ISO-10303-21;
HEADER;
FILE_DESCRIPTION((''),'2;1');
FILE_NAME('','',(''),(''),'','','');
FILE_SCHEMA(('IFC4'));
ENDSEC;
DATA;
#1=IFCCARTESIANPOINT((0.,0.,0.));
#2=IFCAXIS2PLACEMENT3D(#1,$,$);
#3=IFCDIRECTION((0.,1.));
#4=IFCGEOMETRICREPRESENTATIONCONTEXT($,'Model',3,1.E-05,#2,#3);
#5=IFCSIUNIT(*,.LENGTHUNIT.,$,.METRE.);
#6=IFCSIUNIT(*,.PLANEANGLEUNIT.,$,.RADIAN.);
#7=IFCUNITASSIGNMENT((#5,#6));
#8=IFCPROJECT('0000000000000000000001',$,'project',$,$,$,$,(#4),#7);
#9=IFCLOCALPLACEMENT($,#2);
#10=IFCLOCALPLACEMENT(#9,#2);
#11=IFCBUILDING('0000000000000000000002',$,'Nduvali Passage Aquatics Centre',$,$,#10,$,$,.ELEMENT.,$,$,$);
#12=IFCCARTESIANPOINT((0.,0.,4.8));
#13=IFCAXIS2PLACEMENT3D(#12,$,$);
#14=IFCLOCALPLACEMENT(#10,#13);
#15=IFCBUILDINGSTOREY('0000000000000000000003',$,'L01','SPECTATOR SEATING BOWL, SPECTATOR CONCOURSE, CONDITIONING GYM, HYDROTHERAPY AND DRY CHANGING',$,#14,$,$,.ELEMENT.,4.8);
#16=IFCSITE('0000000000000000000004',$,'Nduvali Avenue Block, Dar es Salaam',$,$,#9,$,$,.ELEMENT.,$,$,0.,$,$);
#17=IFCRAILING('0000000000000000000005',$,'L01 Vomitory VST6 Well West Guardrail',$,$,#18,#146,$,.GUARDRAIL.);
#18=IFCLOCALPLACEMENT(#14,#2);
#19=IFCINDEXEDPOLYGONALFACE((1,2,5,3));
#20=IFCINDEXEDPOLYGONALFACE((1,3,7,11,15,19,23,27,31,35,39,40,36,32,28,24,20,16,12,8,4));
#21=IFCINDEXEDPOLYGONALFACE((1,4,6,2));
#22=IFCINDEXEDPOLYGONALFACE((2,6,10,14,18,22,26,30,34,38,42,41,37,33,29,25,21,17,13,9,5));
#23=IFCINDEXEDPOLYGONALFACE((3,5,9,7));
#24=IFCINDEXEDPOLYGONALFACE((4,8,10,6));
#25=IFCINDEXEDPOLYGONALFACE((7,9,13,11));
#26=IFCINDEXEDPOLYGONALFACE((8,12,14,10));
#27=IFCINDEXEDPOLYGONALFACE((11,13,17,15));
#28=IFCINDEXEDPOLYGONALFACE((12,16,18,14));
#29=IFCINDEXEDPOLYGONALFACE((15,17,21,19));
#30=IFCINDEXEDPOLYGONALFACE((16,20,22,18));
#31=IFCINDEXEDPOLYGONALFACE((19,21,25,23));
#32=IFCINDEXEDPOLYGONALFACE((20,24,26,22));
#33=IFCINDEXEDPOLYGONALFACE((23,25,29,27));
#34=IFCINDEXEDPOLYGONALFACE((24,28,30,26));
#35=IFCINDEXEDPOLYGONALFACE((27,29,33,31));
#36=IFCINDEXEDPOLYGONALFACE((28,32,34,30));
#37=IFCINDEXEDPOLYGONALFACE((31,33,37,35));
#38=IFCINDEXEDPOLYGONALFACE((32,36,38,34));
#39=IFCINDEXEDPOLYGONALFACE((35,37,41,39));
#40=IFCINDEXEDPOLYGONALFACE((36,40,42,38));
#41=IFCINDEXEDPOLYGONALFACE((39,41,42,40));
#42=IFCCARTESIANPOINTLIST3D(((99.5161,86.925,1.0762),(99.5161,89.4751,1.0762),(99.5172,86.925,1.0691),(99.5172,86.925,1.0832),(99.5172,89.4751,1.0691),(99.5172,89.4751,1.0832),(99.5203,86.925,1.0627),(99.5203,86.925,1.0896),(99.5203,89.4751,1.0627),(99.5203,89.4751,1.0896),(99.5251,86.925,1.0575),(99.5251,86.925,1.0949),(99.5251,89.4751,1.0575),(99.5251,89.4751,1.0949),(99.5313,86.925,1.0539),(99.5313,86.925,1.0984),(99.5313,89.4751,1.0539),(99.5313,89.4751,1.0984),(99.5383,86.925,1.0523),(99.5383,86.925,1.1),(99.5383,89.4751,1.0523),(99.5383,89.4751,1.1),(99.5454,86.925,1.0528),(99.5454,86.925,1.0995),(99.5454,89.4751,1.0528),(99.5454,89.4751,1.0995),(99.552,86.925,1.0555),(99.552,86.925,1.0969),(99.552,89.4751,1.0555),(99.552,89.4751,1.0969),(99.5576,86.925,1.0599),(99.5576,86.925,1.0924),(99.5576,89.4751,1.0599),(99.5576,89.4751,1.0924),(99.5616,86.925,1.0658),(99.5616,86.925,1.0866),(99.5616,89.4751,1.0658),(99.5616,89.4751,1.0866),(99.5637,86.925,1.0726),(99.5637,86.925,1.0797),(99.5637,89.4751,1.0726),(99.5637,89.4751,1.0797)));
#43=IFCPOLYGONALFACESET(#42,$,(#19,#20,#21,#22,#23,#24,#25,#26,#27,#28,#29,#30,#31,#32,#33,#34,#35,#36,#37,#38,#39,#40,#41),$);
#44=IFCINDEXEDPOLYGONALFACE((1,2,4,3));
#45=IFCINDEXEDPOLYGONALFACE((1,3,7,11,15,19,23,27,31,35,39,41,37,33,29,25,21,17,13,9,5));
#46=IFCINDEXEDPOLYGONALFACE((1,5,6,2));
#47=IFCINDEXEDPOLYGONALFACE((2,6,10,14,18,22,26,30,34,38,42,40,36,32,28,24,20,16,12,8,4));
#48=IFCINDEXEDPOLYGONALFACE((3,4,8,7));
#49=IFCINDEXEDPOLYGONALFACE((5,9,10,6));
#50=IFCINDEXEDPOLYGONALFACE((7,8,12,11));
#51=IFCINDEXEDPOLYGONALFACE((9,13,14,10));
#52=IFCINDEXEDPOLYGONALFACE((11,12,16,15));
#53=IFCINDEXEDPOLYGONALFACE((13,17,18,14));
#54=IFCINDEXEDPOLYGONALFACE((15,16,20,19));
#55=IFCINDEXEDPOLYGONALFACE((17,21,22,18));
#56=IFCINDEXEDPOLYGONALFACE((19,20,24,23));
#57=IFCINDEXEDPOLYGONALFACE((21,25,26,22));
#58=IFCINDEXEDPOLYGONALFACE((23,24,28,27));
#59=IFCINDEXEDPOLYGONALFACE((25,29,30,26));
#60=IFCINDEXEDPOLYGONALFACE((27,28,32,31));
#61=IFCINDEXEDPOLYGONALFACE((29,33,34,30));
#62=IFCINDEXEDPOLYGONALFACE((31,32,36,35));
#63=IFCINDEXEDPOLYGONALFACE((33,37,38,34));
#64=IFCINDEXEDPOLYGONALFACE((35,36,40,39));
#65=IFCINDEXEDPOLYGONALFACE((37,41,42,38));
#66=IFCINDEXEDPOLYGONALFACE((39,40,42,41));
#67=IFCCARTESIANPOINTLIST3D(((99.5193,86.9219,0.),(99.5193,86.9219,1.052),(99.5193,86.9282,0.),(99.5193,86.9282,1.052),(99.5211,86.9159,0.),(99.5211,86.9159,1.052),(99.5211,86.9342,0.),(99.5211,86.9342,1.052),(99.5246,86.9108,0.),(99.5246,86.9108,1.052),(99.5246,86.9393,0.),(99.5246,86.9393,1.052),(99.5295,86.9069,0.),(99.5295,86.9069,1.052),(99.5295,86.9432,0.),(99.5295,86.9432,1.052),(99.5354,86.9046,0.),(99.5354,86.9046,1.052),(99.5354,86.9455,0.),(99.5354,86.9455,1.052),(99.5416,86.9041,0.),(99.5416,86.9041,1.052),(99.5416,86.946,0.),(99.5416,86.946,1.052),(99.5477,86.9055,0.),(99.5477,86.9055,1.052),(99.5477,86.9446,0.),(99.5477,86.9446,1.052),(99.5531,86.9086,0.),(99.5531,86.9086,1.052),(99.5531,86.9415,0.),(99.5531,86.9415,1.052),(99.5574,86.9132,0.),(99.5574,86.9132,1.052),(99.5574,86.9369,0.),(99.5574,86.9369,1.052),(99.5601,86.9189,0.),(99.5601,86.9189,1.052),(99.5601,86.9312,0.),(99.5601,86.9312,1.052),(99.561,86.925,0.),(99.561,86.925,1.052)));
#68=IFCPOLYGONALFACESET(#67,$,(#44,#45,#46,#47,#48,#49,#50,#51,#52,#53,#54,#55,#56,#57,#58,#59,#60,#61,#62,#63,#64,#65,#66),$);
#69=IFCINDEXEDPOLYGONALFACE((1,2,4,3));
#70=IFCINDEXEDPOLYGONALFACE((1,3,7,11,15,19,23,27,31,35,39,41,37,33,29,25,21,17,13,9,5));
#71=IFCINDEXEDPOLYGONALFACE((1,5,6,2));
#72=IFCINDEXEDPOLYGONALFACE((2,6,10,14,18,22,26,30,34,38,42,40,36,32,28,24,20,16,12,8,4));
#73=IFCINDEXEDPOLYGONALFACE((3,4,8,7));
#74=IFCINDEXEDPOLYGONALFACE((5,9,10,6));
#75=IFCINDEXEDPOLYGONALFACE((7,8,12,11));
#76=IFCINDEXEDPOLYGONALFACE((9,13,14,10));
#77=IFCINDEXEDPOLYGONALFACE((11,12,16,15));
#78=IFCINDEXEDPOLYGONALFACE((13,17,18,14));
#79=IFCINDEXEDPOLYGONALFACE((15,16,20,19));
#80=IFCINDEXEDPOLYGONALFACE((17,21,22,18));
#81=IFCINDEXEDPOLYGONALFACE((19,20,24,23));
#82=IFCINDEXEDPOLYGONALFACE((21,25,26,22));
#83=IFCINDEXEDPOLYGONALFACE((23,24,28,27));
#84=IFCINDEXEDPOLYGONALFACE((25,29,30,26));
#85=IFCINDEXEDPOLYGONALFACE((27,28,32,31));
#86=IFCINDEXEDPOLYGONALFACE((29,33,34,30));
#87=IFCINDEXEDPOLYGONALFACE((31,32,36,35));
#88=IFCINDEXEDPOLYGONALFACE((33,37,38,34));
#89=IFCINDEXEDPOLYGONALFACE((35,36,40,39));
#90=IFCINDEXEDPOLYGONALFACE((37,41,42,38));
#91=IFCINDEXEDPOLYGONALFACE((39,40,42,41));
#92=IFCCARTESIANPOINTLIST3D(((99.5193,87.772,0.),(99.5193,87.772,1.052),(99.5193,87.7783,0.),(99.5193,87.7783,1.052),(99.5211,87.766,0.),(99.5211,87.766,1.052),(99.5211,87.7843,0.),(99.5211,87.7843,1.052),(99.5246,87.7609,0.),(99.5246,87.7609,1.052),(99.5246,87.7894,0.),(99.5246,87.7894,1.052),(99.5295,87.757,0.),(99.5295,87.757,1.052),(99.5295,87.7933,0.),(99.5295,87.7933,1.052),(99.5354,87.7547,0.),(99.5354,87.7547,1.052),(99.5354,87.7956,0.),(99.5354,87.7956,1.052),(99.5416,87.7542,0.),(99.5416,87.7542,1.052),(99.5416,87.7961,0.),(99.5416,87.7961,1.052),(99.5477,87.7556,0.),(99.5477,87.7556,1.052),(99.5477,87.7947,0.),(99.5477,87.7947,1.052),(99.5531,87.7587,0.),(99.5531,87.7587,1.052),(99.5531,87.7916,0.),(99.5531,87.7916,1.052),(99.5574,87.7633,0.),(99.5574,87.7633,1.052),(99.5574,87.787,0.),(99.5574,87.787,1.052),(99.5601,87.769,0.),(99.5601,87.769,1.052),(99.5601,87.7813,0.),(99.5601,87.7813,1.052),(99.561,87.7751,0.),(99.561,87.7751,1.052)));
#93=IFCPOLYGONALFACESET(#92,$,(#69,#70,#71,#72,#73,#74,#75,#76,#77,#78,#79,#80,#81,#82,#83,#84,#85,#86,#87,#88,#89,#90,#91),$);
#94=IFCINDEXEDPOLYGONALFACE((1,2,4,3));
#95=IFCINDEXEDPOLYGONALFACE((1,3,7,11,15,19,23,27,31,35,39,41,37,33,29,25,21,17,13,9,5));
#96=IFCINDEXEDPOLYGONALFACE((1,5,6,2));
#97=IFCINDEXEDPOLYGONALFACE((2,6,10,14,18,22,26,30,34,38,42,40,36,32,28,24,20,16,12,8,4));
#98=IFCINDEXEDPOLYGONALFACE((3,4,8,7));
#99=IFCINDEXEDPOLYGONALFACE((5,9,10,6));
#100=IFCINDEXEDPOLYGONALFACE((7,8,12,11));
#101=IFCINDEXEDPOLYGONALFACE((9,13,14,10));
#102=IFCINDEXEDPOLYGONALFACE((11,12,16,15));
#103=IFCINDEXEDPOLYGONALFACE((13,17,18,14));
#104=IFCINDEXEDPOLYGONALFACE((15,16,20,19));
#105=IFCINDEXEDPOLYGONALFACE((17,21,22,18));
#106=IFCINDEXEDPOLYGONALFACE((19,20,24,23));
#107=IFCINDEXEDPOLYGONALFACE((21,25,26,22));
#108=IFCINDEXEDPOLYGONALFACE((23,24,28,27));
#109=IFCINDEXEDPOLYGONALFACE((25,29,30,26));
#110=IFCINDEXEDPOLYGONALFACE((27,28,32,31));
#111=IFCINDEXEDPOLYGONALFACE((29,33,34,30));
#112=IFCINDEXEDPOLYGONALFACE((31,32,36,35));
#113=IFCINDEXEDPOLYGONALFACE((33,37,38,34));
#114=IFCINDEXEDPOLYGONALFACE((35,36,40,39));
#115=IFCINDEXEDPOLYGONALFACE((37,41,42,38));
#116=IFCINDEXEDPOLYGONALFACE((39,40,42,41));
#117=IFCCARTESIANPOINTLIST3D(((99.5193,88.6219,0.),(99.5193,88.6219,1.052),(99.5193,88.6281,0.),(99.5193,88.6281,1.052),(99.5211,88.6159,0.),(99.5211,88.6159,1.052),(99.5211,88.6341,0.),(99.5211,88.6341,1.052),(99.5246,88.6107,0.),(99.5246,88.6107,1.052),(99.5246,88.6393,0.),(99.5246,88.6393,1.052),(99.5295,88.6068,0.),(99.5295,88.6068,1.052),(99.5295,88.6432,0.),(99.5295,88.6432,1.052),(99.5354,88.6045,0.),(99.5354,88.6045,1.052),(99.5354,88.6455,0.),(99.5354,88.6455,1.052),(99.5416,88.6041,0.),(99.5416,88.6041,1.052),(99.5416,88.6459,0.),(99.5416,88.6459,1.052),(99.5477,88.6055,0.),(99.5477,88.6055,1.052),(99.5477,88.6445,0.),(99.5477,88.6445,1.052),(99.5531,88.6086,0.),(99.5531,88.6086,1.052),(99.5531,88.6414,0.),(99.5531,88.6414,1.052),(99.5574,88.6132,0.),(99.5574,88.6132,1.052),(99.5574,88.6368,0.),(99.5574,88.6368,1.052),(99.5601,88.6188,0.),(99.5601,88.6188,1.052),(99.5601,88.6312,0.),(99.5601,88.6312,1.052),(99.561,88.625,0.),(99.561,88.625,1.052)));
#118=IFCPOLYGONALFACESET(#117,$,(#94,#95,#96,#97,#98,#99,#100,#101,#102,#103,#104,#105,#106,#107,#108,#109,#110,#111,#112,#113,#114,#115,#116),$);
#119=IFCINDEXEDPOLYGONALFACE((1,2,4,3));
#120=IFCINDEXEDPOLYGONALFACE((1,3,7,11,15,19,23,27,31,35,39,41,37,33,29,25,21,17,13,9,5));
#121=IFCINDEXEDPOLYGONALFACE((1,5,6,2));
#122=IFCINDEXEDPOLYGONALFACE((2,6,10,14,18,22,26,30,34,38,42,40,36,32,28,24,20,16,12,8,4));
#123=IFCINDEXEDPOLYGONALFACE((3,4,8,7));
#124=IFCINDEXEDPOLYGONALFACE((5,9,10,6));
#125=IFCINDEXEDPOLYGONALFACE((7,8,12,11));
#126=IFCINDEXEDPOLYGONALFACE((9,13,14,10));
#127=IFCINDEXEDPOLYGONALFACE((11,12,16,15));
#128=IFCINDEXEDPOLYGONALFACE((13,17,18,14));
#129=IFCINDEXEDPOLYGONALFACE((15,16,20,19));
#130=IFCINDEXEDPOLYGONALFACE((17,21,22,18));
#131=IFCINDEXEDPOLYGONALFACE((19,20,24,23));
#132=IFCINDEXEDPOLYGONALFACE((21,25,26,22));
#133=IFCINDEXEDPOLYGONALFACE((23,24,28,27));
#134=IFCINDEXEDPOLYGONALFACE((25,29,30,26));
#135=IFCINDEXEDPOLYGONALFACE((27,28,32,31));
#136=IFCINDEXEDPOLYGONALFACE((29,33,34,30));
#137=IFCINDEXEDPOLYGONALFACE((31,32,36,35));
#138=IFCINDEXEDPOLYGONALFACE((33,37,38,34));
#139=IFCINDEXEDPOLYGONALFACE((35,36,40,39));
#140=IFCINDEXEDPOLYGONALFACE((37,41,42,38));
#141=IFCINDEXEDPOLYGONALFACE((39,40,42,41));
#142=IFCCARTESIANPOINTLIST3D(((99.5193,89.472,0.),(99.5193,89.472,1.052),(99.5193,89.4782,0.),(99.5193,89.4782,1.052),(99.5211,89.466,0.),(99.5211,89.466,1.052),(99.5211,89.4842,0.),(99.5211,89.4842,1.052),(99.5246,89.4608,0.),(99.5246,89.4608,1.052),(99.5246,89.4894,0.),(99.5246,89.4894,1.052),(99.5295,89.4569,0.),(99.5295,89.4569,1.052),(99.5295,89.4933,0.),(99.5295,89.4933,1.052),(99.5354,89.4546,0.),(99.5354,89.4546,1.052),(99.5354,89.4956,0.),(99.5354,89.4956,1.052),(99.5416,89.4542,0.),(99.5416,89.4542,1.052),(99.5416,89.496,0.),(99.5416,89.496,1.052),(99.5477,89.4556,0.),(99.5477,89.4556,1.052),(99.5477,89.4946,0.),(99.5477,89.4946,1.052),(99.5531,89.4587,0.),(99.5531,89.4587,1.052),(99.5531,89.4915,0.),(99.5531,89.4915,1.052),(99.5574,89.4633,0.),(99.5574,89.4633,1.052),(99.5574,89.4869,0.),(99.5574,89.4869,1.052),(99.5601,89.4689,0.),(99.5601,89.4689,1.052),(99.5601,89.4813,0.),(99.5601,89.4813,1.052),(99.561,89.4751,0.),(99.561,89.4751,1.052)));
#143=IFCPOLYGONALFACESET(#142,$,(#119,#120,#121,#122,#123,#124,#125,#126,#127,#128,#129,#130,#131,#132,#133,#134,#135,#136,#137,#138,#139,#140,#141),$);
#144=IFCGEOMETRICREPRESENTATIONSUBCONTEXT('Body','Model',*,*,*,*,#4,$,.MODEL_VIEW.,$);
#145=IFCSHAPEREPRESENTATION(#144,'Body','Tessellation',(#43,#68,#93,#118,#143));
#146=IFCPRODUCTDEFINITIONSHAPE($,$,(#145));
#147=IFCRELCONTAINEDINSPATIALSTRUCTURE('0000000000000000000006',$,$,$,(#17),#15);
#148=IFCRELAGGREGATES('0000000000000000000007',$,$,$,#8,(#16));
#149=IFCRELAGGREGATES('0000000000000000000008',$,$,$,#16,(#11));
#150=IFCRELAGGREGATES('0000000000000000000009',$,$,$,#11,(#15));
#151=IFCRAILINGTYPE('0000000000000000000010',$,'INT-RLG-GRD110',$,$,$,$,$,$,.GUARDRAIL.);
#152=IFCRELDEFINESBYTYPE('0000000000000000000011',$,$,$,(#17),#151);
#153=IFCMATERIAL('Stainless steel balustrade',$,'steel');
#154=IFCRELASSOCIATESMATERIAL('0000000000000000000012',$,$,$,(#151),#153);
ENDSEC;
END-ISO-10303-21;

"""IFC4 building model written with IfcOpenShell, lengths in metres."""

from ifc_helpers import new_model, si_unit, direction, frame, origin, origin_2d, place, context, subcontext, project, spatial, circle, extrude, material, type_object, element, save


model = new_model("IFC4")

# Units and contexts
model_context = context("Model", 3, precision=1e-05, world=origin(), true_north=direction((0.0, 1.0)))
body_context = subcontext(model_context, "Body", "Model", "MODEL_VIEW")
ifc_project = project(units=[si_unit("LENGTHUNIT", "METRE"), si_unit("PLANEANGLEUNIT", "RADIAN")], contexts=[model_context])

# Site, building, storey
site_placement = place(None, origin())
site = spatial("IfcSite", under=ifc_project, at=site_placement, Name="Nduvali Avenue Block, Dar es Salaam", CompositionType="ELEMENT", RefElevation=0.0)
building_placement = place(site_placement, origin())
building = spatial("IfcBuilding", under=site, at=building_placement, Name="Nduvali Passage Aquatics Centre", CompositionType="ELEMENT")
storey_placement = place(building_placement, frame((0.0, 0.0, 4.8)))
storey = spatial("IfcBuildingStorey", under=building, at=storey_placement, Name="L01", Description="SPECTATOR SEATING BOWL, SPECTATOR CONCOURSE, CONDITIONING GYM, HYDROTHERAPY AND DRY CHANGING", CompositionType="ELEMENT", Elevation=4.8)

# Railing
ifc_material_1 = material(Name="Stainless steel balustrade", Category="steel")
railing_type = type_object("IfcRailingType", Name="INT-RLG-GRD110", PredefinedType="GUARDRAIL", material=ifc_material_1)
railing_placement = place(storey_placement, frame((99.54, 86.925, 0.0)))
element("IfcRailing", 1, at=railing_placement, inside=storey, type_object=railing_type, Name="L01 Vomitory VST6 Well West Guardrail", PredefinedType="GUARDRAIL", context=body_context, shape_type="SweptSolid", body=[
    extrude(circle(Radius=0.0239, at=origin_2d()), frame((0.0, 0.0, 1.0762), z_axis=(0.0, 1.0, 0.0), x_axis=(-1.0, 0.0, 0.0)), (0.0, 0.0, 1.0), 2.55),
    extrude(circle(Radius=0.021, at=origin_2d()), origin(), (0.0, 0.0, 1.0), 1.052),
    extrude(circle(Radius=0.021, at=origin_2d()), frame((0.0, 0.8501, 0.0)), (0.0, 0.0, 1.0), 1.052),
    extrude(circle(Radius=0.021, at=origin_2d()), frame((0.0, 1.7, 0.0)), (0.0, 0.0, 1.0), 1.052),
    extrude(circle(Radius=0.021, at=origin_2d()), frame((0.0, 2.55, 0.0)), (0.0, 0.0, 1.0), 1.052),
])

save(model, "model.ifc")
